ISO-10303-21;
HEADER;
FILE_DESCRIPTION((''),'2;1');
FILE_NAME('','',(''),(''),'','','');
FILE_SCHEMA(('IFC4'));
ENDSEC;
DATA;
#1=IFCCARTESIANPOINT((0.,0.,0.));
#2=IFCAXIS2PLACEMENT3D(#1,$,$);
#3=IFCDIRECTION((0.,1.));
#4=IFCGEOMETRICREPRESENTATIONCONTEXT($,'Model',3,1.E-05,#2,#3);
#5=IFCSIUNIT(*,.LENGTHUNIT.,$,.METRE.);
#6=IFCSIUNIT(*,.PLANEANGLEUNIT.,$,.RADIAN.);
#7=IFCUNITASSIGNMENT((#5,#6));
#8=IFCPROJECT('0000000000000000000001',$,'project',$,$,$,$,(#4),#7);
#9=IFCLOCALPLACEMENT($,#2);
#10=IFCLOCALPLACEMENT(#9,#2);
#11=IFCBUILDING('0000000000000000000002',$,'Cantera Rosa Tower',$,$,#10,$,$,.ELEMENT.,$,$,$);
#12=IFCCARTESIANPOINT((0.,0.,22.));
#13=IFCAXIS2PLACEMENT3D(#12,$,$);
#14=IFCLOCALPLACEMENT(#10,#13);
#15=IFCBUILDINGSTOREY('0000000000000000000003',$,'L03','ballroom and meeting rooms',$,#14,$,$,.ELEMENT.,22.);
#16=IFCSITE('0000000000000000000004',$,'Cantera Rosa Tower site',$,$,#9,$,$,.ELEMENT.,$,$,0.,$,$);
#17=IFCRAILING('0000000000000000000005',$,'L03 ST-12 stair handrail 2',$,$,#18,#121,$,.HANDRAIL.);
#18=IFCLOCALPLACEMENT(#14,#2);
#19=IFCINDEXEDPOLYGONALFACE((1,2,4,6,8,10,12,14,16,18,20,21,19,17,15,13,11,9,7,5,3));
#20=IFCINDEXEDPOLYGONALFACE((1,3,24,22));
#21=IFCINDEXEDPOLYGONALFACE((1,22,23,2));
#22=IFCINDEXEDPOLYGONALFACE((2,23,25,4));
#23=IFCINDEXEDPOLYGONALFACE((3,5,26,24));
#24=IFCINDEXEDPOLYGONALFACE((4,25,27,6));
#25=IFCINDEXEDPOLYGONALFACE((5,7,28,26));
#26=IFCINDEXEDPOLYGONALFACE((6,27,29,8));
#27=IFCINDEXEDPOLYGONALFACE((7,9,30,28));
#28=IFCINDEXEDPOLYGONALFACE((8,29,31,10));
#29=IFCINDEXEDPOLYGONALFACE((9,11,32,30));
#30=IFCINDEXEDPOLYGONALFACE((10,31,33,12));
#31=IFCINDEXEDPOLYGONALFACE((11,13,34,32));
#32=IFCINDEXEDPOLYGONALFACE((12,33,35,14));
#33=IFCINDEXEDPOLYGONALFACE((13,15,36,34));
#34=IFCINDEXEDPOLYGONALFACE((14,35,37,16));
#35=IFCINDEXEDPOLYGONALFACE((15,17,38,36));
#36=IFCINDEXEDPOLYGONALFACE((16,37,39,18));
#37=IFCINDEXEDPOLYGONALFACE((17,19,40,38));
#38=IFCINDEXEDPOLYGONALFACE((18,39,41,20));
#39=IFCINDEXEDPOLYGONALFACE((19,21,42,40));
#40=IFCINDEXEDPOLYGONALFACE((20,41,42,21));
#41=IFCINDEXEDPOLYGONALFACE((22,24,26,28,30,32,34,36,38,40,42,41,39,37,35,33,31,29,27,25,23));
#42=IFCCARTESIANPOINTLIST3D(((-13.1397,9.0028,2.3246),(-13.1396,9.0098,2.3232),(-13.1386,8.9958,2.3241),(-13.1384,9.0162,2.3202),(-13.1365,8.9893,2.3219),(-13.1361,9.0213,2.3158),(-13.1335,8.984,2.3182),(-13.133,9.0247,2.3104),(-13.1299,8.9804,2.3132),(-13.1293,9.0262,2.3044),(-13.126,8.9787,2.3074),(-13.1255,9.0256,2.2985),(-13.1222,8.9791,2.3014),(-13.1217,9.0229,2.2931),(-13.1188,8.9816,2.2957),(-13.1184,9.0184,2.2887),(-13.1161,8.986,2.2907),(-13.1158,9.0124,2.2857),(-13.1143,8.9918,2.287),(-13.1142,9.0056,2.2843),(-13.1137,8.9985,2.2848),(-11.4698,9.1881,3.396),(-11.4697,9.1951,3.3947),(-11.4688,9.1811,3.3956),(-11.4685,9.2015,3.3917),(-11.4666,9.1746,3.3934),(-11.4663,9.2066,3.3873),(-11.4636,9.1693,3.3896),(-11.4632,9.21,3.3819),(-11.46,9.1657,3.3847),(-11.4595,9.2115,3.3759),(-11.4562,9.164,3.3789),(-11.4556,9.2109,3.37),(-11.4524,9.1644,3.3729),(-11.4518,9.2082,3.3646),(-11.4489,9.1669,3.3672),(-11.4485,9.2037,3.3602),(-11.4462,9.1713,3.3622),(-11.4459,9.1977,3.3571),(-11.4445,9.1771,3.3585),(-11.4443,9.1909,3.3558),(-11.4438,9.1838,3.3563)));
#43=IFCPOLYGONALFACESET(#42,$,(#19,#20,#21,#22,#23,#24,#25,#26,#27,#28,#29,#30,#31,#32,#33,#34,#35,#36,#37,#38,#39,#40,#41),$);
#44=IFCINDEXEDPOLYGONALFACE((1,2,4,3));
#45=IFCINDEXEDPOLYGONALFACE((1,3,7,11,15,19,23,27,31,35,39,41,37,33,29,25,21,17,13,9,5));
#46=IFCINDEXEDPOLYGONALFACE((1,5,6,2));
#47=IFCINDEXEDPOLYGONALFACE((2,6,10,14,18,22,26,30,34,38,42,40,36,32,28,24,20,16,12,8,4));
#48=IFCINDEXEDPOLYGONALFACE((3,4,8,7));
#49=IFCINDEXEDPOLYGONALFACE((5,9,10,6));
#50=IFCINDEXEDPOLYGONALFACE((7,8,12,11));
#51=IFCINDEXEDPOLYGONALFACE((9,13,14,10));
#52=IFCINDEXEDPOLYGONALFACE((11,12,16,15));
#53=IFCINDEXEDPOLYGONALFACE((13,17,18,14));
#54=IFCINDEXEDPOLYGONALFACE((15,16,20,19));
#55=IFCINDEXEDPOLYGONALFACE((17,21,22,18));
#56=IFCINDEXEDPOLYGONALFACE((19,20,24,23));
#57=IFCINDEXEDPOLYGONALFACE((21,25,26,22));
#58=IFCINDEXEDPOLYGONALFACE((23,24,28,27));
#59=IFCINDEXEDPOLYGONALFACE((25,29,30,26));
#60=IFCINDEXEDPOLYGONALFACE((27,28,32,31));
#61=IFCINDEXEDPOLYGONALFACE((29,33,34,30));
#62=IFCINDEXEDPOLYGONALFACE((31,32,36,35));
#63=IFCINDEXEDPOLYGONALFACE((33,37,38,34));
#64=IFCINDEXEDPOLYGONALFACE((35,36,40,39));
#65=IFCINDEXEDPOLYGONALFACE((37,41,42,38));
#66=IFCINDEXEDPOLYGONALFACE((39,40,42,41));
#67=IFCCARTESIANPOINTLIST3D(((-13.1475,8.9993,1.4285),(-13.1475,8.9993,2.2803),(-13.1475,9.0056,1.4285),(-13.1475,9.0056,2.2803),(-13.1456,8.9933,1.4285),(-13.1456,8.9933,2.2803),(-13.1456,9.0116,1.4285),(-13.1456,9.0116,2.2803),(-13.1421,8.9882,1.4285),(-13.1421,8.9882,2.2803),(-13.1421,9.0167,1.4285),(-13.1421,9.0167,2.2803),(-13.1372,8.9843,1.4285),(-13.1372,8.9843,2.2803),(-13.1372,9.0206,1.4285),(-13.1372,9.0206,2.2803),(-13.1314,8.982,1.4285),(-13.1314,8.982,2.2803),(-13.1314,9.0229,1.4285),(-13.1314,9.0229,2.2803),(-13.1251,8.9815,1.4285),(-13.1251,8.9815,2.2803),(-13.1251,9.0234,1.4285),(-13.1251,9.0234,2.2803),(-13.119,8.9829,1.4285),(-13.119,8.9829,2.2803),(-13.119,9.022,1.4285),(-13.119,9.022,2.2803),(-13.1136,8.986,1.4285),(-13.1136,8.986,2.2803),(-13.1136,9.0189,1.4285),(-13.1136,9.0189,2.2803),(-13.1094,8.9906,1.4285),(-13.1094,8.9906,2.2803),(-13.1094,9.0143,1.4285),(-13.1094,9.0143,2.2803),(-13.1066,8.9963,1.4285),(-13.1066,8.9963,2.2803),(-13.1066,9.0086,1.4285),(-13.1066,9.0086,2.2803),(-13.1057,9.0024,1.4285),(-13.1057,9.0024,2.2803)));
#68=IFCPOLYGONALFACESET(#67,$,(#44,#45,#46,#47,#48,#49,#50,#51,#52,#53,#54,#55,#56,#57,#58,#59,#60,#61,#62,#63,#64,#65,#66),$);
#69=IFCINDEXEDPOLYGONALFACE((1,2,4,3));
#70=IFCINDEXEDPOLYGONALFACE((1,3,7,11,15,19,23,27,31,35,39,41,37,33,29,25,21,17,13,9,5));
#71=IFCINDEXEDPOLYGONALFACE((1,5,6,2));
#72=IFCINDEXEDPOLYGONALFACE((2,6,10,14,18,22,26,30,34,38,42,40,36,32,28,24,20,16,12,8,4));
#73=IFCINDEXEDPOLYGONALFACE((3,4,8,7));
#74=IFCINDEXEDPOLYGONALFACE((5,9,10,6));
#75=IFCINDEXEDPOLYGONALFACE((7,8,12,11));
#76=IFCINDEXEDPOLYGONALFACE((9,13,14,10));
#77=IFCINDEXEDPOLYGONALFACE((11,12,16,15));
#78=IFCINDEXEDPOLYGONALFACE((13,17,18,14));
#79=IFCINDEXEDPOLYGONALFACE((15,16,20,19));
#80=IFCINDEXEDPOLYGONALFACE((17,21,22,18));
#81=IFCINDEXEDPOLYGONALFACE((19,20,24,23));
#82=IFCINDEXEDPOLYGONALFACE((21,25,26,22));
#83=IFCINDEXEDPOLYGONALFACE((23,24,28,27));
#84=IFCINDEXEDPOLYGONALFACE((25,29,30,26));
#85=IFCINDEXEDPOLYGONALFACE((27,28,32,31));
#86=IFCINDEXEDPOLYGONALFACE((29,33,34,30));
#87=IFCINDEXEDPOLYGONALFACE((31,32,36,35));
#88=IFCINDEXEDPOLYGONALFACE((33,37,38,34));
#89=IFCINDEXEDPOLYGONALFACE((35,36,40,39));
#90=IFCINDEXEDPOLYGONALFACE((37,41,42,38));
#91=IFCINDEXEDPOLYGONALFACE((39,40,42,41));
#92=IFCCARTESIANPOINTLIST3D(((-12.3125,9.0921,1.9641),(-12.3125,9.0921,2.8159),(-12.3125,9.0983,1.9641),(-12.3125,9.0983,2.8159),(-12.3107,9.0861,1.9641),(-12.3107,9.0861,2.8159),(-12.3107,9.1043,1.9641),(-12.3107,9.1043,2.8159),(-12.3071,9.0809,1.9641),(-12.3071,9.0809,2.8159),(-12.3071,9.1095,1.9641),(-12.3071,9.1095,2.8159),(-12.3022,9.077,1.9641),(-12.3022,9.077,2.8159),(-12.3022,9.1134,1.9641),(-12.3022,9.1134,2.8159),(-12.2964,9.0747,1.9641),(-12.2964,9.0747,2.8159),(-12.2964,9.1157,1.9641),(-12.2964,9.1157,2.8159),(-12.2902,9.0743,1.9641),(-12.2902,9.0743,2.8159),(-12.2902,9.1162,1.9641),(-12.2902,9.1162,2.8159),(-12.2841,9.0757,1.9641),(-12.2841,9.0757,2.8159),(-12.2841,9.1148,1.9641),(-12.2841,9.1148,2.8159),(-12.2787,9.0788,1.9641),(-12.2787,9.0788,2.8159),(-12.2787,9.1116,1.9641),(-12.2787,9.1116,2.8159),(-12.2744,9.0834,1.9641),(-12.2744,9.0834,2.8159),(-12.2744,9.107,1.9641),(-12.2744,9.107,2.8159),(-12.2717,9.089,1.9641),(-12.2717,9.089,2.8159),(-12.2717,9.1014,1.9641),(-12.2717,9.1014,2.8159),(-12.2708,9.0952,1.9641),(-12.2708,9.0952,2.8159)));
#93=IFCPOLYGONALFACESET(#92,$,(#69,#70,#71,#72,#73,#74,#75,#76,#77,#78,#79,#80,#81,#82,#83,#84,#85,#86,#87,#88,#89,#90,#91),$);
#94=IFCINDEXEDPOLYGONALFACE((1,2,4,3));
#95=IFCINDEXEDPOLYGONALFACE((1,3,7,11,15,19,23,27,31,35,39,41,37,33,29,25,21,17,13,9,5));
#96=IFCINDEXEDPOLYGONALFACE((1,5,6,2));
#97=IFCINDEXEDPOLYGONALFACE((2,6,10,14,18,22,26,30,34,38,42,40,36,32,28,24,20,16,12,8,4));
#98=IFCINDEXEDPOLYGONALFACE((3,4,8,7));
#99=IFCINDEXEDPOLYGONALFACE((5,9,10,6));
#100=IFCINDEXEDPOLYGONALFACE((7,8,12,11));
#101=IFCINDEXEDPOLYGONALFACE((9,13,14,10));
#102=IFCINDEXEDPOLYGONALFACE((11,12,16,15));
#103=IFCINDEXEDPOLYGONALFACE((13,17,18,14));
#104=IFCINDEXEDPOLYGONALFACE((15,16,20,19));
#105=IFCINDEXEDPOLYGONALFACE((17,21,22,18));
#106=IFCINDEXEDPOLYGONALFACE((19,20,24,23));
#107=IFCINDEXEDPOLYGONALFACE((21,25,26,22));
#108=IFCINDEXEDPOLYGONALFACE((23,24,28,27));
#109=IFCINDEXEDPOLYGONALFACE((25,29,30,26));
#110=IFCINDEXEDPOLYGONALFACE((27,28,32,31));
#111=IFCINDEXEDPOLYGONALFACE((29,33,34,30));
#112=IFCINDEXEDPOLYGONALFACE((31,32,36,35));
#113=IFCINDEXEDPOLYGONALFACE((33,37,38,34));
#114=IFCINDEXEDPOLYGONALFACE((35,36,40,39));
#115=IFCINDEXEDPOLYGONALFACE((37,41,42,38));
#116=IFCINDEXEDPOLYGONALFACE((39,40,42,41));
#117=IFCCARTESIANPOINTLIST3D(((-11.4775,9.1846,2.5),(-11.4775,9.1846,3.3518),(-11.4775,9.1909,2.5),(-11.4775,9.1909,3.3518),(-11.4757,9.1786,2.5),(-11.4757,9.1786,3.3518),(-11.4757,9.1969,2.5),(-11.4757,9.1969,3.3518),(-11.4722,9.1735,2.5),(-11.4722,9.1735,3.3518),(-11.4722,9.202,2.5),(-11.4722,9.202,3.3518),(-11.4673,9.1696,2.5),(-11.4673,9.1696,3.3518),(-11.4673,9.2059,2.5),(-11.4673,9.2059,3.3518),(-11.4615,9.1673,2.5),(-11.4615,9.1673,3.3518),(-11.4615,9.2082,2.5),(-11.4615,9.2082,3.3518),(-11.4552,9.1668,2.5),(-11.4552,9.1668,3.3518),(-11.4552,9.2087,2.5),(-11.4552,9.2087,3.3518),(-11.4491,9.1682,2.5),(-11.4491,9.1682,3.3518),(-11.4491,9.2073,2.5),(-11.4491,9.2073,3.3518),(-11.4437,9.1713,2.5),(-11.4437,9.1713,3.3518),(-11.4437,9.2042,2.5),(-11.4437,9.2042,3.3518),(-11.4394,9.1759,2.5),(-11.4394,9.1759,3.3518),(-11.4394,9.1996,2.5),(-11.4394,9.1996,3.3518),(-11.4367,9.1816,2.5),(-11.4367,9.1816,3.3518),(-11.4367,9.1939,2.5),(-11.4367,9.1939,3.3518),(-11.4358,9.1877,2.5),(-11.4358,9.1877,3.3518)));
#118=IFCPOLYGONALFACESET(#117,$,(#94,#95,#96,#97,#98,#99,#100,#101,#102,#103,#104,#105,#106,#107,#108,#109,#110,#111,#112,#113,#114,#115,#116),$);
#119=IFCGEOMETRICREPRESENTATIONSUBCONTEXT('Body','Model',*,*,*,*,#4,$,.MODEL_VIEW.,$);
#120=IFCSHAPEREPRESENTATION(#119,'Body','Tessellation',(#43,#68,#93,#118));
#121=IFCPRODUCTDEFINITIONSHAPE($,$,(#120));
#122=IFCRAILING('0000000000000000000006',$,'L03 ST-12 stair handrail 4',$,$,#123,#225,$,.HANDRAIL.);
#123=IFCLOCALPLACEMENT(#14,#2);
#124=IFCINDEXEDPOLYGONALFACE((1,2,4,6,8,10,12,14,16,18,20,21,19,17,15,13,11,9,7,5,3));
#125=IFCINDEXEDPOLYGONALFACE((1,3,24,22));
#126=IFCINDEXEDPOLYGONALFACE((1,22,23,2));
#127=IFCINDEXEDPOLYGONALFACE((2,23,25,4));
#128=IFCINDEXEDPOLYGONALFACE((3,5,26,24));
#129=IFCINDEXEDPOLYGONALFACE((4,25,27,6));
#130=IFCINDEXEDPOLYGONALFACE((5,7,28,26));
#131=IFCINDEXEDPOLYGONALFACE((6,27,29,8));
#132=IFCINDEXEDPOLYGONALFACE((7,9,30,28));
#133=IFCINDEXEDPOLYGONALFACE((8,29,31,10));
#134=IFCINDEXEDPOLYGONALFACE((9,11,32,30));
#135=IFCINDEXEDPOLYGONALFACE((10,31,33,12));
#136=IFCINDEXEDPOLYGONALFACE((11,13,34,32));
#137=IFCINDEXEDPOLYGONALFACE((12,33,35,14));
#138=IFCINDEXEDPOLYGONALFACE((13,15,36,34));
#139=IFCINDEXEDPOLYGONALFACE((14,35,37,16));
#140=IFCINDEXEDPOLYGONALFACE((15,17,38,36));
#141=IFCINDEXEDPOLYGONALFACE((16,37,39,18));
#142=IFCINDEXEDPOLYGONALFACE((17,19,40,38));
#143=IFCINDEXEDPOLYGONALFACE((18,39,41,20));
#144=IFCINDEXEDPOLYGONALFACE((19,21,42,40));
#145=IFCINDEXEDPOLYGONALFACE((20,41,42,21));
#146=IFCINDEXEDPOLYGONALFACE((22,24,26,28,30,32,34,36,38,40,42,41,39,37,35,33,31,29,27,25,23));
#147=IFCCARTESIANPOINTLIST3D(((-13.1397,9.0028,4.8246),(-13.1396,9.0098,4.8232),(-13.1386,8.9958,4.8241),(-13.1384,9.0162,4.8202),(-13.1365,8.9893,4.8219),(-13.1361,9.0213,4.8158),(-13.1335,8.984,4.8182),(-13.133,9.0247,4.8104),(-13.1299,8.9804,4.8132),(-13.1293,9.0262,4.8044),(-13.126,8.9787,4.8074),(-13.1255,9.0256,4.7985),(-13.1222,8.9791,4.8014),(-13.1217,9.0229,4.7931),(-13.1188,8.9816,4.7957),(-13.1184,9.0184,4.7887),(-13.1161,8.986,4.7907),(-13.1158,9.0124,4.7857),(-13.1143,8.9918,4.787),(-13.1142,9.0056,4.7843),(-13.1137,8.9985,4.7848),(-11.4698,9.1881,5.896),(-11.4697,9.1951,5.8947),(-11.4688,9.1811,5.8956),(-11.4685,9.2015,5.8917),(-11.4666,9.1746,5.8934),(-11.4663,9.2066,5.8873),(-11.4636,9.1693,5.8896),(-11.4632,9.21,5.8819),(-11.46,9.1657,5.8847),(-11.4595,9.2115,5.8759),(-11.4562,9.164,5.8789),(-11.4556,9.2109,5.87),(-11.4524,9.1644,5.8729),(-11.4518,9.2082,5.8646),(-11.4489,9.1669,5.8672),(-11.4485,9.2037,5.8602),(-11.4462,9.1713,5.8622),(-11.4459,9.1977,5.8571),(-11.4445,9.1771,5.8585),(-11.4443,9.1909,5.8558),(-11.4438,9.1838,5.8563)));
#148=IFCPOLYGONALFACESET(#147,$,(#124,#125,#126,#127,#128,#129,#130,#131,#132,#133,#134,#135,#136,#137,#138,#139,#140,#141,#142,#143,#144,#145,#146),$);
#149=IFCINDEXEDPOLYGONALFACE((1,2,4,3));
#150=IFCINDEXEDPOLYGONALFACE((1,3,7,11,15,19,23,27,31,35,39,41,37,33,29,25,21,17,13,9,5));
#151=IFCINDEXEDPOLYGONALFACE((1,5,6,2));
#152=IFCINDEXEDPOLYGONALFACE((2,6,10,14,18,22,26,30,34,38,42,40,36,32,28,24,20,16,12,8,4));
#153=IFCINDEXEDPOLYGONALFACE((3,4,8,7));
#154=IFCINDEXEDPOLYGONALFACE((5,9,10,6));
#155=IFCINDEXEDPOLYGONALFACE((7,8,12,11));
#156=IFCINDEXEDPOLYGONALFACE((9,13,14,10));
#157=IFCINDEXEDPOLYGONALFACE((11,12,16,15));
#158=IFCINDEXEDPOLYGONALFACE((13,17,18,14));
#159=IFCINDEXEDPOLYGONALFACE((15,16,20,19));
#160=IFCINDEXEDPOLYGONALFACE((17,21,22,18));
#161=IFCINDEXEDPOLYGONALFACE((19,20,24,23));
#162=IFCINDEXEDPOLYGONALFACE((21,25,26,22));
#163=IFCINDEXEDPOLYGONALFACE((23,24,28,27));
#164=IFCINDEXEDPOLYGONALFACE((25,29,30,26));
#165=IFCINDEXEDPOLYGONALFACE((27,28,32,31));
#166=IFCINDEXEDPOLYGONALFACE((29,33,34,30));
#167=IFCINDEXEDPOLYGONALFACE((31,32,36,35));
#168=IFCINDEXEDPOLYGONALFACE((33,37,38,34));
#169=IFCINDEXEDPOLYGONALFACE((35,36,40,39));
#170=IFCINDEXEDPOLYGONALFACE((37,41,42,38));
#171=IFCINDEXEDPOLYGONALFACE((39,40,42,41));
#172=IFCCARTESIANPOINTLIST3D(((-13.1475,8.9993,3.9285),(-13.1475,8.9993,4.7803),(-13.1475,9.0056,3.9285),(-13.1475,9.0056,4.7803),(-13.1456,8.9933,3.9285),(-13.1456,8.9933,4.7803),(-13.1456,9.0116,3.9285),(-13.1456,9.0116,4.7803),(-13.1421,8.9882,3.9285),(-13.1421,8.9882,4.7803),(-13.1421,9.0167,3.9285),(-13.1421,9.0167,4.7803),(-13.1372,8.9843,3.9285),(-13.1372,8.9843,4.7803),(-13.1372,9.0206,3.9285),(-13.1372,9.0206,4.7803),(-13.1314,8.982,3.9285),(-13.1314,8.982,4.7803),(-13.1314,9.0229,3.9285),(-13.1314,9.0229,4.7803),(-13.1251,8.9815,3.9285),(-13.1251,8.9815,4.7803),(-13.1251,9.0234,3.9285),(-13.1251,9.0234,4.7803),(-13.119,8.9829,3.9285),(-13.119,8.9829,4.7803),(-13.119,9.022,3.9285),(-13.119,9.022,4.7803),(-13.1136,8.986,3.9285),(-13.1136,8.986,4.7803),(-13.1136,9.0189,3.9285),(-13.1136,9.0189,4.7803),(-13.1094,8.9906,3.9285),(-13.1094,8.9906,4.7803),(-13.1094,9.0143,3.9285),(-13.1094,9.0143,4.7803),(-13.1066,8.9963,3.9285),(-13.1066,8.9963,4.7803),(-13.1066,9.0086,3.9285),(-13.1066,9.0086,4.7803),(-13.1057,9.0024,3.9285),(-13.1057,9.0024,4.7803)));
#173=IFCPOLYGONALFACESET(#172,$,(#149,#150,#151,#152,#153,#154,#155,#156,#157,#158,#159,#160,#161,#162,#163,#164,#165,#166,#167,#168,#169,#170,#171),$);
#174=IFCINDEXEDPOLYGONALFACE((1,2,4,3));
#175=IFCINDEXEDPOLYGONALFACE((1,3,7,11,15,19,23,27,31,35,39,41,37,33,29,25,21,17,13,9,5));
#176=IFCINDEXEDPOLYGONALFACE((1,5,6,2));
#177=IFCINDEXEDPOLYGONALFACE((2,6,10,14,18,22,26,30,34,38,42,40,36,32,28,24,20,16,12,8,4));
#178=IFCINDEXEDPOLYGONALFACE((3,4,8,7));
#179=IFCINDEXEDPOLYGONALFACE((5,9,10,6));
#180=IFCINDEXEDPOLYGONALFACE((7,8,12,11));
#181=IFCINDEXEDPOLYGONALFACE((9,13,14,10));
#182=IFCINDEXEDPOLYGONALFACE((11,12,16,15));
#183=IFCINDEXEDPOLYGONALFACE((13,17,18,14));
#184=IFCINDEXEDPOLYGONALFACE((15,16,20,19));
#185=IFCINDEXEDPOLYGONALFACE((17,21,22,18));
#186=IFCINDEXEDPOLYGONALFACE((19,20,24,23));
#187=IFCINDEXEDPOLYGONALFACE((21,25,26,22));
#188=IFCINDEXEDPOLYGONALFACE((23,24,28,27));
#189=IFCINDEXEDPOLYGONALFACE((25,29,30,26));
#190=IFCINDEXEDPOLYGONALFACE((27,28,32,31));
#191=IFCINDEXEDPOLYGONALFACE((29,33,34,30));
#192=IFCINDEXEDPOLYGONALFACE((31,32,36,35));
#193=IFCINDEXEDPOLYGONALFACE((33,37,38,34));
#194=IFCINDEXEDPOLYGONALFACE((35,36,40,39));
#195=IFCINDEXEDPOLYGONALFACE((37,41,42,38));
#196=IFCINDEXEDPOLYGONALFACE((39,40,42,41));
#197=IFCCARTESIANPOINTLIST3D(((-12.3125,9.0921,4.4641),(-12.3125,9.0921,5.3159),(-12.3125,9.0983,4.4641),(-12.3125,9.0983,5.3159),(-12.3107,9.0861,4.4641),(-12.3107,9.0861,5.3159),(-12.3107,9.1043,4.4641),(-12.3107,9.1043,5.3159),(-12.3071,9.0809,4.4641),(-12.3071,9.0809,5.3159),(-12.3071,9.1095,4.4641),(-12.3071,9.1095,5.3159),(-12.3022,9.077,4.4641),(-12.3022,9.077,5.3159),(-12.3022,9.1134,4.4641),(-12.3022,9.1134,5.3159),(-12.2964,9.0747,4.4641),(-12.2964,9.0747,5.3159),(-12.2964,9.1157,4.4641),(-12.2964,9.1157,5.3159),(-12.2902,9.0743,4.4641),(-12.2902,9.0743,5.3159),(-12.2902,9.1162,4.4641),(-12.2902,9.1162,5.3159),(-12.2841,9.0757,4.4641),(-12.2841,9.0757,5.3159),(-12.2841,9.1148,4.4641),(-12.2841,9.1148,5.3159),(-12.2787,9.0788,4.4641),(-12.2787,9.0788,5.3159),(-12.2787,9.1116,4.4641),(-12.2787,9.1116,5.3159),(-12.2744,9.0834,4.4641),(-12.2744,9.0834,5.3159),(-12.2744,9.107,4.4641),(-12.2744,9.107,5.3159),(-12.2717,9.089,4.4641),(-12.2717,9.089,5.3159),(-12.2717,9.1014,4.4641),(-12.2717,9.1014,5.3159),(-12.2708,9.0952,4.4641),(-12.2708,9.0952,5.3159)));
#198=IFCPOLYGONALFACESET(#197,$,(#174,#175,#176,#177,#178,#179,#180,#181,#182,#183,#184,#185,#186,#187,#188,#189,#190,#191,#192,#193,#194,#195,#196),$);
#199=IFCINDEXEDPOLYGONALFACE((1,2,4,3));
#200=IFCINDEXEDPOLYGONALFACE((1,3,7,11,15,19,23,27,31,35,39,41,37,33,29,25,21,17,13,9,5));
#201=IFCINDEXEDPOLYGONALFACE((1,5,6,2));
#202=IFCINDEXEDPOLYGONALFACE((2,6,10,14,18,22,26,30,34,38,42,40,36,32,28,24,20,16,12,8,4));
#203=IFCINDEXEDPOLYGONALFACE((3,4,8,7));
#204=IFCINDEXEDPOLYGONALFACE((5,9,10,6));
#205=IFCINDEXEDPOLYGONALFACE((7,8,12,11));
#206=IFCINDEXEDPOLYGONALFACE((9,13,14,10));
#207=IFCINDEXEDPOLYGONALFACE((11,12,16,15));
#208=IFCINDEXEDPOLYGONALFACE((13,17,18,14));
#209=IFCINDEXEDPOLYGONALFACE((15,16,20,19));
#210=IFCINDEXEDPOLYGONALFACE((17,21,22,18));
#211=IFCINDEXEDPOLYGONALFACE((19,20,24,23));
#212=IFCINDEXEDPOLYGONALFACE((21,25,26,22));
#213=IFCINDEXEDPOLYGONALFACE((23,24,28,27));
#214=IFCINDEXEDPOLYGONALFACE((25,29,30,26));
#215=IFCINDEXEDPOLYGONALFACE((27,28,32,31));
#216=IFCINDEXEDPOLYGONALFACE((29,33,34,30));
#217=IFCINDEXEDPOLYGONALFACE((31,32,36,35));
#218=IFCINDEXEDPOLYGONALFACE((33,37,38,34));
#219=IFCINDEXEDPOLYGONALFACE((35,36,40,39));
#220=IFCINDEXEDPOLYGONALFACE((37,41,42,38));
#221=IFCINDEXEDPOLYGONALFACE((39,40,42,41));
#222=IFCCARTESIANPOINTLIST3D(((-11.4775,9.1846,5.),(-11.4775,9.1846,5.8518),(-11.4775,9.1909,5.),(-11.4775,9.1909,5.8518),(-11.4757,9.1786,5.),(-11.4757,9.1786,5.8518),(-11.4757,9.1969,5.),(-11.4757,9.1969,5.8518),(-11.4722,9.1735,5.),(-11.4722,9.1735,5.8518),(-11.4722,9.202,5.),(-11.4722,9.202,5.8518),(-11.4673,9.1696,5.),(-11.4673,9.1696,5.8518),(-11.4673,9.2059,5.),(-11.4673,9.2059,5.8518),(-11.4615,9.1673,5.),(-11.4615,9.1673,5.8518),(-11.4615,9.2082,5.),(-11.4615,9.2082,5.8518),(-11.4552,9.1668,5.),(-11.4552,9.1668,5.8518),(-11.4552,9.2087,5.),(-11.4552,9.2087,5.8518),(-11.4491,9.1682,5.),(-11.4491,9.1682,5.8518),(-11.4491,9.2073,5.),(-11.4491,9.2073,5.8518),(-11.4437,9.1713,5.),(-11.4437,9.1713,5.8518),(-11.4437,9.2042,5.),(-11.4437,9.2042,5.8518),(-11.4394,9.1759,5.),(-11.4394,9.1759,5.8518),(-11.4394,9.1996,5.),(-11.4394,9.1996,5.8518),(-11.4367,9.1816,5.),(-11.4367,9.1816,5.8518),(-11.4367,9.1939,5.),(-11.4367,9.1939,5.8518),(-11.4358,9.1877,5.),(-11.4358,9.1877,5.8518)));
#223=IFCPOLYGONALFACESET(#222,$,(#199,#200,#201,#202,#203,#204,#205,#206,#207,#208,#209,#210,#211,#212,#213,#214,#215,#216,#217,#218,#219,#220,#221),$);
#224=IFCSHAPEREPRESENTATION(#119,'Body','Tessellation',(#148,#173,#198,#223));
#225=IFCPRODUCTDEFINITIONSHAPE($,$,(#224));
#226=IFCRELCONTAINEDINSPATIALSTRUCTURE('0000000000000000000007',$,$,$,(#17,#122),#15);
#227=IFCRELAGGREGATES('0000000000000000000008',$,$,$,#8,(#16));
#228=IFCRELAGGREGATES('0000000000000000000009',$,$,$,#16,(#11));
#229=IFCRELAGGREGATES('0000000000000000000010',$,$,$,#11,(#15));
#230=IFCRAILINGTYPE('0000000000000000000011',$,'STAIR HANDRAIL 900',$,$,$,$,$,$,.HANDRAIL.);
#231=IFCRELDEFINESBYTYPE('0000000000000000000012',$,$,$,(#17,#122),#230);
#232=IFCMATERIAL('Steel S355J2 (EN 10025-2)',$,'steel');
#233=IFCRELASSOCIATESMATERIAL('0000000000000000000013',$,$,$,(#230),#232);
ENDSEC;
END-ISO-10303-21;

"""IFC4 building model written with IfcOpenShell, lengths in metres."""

from ifc_helpers import new_model, si_unit, direction, frame, origin, origin_2d, place, context, subcontext, project, spatial, circle, extrude, material, type_object, element, save


model = new_model("IFC4")

# Units and contexts
model_context = context("Model", 3, precision=1e-05, world=origin(), true_north=direction((0.0, 1.0)))
body_context = subcontext(model_context, "Body", "Model", "MODEL_VIEW")
ifc_project = project(units=[si_unit("LENGTHUNIT", "METRE"), si_unit("PLANEANGLEUNIT", "RADIAN")], contexts=[model_context])

# Site, building, storey
site_placement = place(None, origin())
site = spatial("IfcSite", under=ifc_project, at=site_placement, Name="Cantera Rosa Tower site", CompositionType="ELEMENT", RefElevation=0.0)
building_placement = place(site_placement, origin())
building = spatial("IfcBuilding", under=site, at=building_placement, Name="Cantera Rosa Tower", CompositionType="ELEMENT")
storey_placement = place(building_placement, frame((0.0, 0.0, 22.0)))
storey = spatial("IfcBuildingStorey", under=building, at=storey_placement, Name="L03", Description="ballroom and meeting rooms", CompositionType="ELEMENT", Elevation=22.0)

# Railings
ifc_material_1 = material(Name="Steel S355J2 (EN 10025-2)", Category="steel")
railing_type = type_object("IfcRailingType", Name="STAIR HANDRAIL 900", PredefinedType="HANDRAIL", material=ifc_material_1)
for number, where, name in (
    (1, (-13.1267, 9.0024, 1.4285), "L03 ST-12 stair handrail 2"),
    (2, (-13.1267, 9.0024, 3.9285), "L03 ST-12 stair handrail 4"),
):
    element("IfcRailing", number, at=place(storey_placement, frame(where)), inside=storey, type_object=railing_type, Name=name, PredefinedType="HANDRAIL", context=body_context, shape_type="SweptSolid", body=[
        extrude(circle(Radius=0.0239, at=origin_2d()), frame((0.0, 0.0, 0.876), z_axis=(0.837987, 0.092987, 0.537709), x_axis=(-0.110288, 0.9939, 0.0)), (0.0, 0.0, 1.0), 1.9927),
        extrude(circle(Radius=0.021, at=origin_2d()), origin(), (0.0, 0.0, 1.0), 0.8518),
        extrude(circle(Radius=0.021, at=origin_2d()), frame((0.835, 0.0928, 0.5356)), (0.0, 0.0, 1.0), 0.8518),
        extrude(circle(Radius=0.021, at=origin_2d()), frame((1.6699, 0.1853, 1.0715)), (0.0, 0.0, 1.0), 0.8518),
    ])

save(model, "model.ifc")
